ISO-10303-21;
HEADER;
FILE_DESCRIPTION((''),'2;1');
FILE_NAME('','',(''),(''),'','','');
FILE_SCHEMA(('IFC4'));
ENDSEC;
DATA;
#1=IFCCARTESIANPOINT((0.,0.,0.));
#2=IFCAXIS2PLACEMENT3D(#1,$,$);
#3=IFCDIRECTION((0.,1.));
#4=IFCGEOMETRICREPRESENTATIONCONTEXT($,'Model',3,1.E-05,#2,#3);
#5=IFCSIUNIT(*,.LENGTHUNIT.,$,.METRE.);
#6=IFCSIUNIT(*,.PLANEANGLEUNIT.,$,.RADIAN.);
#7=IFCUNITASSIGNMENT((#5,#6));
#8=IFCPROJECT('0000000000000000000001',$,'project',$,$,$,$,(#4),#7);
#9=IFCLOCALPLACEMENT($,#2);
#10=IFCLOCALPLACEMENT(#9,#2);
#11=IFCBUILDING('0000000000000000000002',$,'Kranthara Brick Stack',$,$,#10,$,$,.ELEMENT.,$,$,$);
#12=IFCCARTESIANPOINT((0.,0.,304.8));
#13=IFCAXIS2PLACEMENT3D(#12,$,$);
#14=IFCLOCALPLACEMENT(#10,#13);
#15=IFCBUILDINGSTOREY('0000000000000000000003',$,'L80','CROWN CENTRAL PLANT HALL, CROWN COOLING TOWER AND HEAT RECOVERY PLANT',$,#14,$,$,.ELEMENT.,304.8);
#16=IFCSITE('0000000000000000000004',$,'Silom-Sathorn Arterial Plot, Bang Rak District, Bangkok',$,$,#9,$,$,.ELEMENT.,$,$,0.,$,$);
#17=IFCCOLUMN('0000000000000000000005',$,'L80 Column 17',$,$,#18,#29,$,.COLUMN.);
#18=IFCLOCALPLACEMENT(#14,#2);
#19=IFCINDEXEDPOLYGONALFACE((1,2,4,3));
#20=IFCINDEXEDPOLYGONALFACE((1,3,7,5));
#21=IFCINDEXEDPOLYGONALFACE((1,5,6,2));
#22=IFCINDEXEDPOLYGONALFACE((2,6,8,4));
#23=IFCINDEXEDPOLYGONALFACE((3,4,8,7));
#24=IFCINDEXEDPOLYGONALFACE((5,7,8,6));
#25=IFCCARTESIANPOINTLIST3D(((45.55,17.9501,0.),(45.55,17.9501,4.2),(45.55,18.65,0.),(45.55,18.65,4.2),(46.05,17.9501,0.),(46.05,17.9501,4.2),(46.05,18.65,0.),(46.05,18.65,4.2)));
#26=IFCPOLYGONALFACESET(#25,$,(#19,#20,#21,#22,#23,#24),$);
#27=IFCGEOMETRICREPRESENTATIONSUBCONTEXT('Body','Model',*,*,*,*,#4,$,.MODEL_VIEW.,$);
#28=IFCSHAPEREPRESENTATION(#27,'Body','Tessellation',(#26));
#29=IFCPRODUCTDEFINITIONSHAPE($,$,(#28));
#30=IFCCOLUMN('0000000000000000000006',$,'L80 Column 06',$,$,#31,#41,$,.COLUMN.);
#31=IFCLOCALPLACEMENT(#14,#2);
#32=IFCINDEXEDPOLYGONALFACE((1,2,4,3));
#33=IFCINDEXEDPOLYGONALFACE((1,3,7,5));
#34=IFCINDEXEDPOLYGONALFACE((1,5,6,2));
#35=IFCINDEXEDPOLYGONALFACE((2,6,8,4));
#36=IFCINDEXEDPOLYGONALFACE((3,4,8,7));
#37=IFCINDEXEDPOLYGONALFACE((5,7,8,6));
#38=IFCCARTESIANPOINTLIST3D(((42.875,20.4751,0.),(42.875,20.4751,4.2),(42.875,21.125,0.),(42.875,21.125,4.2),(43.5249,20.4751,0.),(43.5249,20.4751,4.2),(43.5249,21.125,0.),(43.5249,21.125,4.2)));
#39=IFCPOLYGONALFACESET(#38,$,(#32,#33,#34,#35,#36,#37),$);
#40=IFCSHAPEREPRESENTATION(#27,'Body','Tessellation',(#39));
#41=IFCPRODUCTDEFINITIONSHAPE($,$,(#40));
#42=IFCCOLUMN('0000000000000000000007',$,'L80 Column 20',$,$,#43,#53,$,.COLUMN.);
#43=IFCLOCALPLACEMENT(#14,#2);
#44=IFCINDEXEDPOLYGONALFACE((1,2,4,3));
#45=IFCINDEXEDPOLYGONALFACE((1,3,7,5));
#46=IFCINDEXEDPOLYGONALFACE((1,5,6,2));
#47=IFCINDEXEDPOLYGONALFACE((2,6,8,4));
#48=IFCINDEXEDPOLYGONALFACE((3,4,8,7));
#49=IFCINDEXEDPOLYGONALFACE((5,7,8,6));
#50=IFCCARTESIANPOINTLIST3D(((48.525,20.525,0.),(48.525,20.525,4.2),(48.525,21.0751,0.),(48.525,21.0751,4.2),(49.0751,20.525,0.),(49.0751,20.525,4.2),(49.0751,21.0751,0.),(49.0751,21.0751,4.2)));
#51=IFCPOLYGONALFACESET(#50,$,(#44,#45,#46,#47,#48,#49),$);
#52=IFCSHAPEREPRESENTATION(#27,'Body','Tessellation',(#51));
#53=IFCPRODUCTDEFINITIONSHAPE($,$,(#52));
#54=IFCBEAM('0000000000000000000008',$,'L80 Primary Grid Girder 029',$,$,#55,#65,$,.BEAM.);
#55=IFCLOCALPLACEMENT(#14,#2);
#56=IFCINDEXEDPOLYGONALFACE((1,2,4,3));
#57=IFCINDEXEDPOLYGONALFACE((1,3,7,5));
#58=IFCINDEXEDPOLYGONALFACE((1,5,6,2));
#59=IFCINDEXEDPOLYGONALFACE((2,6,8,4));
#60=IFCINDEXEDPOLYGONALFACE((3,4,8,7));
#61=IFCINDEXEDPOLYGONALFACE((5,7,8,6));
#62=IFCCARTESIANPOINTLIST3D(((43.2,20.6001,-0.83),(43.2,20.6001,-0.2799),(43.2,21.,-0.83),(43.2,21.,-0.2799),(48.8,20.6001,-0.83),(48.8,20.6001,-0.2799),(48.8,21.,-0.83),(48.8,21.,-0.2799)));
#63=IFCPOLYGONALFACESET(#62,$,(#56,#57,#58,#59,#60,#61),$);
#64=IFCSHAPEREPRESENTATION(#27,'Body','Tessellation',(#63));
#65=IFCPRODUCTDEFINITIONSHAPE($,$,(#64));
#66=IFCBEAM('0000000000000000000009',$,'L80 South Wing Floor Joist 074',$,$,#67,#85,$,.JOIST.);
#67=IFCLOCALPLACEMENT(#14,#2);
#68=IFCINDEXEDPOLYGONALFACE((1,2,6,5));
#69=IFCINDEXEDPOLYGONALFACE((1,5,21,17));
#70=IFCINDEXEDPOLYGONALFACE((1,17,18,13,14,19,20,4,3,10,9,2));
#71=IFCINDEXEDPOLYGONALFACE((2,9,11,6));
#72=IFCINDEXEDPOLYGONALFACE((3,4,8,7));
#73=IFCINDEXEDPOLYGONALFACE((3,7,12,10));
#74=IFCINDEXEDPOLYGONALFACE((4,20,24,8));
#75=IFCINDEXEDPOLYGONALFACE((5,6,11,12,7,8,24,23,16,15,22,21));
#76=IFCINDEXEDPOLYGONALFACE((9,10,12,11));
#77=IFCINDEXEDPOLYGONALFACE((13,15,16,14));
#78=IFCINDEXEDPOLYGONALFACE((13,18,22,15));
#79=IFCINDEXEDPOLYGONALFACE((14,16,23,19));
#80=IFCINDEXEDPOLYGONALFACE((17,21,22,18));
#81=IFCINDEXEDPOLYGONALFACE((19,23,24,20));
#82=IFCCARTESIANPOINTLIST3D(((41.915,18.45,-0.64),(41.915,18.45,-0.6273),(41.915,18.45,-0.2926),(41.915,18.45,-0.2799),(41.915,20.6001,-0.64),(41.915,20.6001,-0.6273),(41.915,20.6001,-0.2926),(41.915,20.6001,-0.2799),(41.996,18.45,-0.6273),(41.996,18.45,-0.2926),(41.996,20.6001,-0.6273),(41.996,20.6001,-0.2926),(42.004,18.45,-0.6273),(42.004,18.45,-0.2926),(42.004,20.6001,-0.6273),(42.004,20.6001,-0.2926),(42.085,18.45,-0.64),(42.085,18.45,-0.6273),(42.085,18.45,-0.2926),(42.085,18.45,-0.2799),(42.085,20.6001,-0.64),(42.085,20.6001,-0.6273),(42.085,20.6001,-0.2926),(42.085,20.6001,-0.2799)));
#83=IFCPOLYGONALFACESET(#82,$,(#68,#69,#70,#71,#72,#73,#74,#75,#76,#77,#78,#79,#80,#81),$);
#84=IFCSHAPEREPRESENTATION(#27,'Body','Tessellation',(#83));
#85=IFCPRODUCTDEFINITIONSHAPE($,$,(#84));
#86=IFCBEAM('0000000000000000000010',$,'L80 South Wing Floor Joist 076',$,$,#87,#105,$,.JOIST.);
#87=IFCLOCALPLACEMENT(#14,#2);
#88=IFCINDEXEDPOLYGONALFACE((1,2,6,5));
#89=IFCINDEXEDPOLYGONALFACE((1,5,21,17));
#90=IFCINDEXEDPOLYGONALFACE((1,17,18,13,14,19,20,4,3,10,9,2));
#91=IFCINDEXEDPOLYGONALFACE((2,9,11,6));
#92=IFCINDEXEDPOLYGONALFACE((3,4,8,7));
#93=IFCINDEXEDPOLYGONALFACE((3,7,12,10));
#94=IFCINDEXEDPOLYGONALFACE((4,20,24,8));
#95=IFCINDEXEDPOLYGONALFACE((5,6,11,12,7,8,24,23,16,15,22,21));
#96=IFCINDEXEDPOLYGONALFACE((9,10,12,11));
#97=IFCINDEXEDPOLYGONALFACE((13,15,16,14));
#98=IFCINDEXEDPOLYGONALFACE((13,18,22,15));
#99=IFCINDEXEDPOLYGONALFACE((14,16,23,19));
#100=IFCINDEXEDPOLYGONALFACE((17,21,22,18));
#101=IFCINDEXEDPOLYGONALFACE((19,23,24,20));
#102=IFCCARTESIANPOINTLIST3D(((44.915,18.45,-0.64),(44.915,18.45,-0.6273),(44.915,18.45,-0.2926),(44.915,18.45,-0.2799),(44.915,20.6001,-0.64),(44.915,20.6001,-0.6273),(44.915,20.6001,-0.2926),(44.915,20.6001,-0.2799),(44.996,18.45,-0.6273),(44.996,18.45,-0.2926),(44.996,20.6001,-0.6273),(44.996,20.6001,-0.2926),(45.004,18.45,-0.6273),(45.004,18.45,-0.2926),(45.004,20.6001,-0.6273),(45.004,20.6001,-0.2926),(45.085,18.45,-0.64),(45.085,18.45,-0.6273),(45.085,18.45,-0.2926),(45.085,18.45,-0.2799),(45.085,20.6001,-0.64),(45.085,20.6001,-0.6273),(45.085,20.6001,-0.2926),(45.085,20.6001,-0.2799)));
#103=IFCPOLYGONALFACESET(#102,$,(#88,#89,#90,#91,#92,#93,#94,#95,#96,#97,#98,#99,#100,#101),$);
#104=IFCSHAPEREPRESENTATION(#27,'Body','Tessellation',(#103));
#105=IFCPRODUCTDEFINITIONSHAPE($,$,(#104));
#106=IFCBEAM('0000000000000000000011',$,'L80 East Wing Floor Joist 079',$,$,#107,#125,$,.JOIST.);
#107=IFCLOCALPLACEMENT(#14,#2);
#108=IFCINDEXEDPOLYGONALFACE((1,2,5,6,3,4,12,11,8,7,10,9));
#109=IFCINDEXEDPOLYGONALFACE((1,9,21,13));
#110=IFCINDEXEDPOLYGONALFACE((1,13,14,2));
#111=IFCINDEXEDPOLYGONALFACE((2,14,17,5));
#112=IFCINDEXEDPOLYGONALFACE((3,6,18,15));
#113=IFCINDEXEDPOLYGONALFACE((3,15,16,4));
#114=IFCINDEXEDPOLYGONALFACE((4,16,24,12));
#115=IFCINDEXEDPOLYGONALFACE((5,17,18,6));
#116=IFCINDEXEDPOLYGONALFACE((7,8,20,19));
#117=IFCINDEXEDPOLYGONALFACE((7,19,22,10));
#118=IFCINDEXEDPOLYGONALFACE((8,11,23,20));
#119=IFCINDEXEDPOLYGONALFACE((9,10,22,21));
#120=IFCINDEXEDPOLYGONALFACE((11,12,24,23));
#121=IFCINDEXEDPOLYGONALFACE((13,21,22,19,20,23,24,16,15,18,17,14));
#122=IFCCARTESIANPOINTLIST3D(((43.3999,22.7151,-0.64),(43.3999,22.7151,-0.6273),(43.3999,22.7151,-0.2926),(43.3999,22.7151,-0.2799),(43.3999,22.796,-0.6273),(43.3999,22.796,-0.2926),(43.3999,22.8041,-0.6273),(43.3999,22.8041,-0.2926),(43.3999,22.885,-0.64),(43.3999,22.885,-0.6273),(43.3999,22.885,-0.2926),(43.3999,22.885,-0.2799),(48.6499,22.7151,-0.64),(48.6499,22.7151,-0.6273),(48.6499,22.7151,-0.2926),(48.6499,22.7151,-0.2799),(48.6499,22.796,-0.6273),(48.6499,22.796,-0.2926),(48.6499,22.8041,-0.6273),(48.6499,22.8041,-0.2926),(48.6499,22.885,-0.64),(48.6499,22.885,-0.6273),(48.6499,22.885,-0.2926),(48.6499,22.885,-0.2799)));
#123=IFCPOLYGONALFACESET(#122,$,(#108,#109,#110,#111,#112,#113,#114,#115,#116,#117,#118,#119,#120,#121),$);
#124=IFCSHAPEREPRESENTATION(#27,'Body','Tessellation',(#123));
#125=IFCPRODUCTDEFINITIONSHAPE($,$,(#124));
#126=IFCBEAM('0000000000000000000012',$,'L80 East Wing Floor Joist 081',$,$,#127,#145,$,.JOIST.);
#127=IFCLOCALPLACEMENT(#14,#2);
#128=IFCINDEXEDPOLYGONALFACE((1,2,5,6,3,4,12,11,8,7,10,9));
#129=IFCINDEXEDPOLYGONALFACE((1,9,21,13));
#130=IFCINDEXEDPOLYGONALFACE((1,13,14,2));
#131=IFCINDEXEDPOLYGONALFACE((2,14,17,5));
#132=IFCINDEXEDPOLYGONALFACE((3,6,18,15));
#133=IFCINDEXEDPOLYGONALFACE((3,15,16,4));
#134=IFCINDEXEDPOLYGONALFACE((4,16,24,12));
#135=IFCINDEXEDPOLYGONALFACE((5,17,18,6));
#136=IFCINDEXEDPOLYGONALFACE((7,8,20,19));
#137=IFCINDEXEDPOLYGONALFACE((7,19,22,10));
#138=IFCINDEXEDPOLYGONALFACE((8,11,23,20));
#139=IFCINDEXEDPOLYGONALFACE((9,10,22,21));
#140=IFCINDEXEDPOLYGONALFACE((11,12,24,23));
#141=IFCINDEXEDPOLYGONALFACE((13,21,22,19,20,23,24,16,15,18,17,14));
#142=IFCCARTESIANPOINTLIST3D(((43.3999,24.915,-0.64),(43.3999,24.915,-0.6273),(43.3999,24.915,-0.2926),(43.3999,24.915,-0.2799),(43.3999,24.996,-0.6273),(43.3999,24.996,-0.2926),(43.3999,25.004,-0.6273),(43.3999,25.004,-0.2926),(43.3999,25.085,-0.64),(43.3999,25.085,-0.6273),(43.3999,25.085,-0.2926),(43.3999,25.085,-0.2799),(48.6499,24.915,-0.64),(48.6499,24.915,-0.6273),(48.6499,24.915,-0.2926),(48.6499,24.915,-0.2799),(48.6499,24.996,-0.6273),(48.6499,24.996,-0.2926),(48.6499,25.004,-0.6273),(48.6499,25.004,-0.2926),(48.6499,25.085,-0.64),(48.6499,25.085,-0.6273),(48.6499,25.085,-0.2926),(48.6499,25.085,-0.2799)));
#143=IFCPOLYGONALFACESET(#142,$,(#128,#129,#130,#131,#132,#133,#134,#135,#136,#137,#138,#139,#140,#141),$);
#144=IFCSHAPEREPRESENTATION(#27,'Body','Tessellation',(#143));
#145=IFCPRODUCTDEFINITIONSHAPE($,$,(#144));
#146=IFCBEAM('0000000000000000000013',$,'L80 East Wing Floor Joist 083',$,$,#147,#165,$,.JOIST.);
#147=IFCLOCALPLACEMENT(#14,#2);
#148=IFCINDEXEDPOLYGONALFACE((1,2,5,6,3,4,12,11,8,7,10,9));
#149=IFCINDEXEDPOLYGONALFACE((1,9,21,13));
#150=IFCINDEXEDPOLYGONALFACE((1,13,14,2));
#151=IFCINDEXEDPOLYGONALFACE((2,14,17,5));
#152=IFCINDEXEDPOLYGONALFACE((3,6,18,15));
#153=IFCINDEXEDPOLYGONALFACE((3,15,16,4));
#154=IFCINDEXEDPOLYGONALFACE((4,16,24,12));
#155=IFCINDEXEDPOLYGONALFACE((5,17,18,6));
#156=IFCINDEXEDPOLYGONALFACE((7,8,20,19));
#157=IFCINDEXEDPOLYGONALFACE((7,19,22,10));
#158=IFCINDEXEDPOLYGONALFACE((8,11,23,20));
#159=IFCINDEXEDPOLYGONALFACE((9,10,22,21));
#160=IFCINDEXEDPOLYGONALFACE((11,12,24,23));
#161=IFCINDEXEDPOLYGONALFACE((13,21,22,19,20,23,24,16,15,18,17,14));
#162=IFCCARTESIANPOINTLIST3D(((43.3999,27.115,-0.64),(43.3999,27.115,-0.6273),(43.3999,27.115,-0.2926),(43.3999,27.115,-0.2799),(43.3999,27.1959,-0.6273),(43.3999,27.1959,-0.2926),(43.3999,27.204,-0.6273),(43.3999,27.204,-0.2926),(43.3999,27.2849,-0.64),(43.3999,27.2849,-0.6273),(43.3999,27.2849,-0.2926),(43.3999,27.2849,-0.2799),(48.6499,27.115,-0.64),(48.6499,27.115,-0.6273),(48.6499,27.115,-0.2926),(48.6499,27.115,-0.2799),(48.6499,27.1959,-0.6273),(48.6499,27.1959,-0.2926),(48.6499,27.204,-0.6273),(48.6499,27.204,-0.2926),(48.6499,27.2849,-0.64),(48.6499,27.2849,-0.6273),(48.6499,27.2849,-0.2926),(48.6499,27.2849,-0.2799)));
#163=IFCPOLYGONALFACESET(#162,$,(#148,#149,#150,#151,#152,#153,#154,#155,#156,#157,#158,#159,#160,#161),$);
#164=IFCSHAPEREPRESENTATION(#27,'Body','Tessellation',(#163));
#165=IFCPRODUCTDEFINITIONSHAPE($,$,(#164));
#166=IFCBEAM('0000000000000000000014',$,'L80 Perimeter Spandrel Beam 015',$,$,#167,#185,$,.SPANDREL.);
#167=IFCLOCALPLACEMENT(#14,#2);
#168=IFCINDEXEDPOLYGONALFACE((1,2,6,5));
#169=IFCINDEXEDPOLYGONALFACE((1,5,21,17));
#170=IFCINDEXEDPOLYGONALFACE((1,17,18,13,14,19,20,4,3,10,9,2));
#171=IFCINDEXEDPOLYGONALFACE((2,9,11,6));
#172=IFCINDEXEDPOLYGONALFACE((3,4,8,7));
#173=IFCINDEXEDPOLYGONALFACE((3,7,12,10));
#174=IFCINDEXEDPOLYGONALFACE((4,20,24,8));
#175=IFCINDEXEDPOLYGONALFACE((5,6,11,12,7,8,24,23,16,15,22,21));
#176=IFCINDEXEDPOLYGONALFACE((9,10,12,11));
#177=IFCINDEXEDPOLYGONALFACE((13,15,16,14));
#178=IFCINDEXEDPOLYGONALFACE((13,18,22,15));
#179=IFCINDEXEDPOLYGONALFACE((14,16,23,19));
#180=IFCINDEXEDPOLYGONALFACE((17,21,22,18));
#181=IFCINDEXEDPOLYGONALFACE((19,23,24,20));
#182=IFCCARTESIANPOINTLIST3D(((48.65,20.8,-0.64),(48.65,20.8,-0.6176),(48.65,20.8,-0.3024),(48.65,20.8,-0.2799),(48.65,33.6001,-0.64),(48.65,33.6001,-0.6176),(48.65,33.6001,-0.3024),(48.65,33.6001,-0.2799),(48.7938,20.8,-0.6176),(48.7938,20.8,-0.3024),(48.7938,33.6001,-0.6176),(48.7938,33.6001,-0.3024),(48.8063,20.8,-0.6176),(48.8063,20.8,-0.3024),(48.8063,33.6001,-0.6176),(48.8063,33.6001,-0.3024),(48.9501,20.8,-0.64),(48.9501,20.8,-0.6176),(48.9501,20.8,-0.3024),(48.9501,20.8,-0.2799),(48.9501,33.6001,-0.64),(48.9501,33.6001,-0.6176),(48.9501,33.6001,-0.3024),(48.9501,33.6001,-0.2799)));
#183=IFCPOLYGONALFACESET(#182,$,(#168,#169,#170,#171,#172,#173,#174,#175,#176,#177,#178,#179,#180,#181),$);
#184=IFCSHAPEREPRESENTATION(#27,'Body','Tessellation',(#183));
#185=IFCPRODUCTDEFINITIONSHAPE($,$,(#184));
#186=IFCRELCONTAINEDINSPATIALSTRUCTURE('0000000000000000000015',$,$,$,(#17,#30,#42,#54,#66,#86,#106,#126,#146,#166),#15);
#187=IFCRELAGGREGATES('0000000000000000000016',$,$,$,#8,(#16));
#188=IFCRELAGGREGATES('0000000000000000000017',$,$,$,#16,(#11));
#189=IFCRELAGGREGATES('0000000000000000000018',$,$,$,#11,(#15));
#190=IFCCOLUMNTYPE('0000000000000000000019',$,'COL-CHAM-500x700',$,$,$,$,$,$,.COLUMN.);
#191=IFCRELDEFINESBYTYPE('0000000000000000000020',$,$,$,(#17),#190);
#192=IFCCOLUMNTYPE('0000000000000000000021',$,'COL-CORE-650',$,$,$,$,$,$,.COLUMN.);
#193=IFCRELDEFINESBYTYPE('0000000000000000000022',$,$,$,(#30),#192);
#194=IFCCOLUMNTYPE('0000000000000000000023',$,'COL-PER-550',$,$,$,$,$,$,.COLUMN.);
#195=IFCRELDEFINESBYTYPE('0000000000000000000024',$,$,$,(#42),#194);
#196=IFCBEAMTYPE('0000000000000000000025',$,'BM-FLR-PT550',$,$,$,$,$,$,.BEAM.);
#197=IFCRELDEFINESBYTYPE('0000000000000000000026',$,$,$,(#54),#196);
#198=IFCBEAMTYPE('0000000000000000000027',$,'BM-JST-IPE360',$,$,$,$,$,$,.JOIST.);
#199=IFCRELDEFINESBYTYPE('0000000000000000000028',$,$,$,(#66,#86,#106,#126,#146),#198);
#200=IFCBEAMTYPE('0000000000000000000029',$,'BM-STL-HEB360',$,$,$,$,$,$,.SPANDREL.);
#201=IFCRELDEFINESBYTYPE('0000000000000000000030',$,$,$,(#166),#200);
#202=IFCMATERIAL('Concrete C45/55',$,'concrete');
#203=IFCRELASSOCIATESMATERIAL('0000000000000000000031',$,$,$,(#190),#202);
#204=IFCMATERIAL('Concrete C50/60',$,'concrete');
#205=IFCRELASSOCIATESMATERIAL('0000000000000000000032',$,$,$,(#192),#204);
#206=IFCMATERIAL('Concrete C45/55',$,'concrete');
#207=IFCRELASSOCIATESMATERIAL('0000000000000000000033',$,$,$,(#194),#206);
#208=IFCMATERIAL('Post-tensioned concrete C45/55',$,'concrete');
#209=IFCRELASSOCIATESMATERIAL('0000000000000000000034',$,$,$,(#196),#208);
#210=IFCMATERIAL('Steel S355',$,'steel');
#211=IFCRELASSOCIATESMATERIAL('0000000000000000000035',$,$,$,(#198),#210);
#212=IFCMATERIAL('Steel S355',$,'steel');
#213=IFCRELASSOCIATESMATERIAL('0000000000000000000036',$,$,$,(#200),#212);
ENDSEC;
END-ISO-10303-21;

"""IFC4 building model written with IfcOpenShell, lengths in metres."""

from ifc_helpers import new_model, si_unit, direction, frame, origin, origin_2d, place, context, subcontext, project, spatial, rectangle, i_section, extrude, material, material_profile, profile_set, type_object, element, save


model = new_model("IFC4")

# Units and contexts
model_context = context("Model", 3, precision=1e-05, world=origin(), true_north=direction((0.0, 1.0)))
body_context = subcontext(model_context, "Body", "Model", "MODEL_VIEW")
ifc_project = project(units=[si_unit("LENGTHUNIT", "METRE"), si_unit("PLANEANGLEUNIT", "RADIAN")], contexts=[model_context])

# Site, building, storey
site_placement = place(None, origin())
site = spatial("IfcSite", under=ifc_project, at=site_placement, Name="Silom-Sathorn Arterial Plot, Bang Rak District, Bangkok", CompositionType="ELEMENT", RefElevation=0.0)
building_placement = place(site_placement, origin())
building = spatial("IfcBuilding", under=site, at=building_placement, Name="Kranthara Brick Stack", CompositionType="ELEMENT")
storey_placement = place(building_placement, frame((0.0, 0.0, 304.8)))
storey = spatial("IfcBuildingStorey", under=building, at=storey_placement, Name="L80", Description="CROWN CENTRAL PLANT HALL, CROWN COOLING TOWER AND HEAT RECOVERY PLANT", CompositionType="ELEMENT", Elevation=304.8)

# Columns
ifc_material_1 = material(Name="Concrete C45/55", Category="concrete")
ifc_material_profile_1 = material_profile(ifc_material_1, rectangle(XDim=0.5, YDim=0.7, at=origin_2d()), Name="RC 500x700")
ifc_profile_set_1 = profile_set([ifc_material_profile_1], Name="Concrete C45/55")
column_type_1 = type_object("IfcColumnType", Name="COL-CHAM-500x700", PredefinedType="COLUMN", material=ifc_profile_set_1)
column_1_placement = place(storey_placement, frame((45.8, 18.3, 0.0), z_axis=(0.0, 0.0, 1.0), x_axis=(1.0, 0.0, 0.0)))
element("IfcColumn", 1, at=column_1_placement, inside=storey, type_object=column_type_1, Name="L80 Column 17", PredefinedType="COLUMN", context=body_context, shape_type="SweptSolid", body=[
    extrude(rectangle(XDim=0.5, YDim=0.7, at=origin_2d()), origin(), (0.0, 0.0, 1.0), 4.2),
])
ifc_material_2 = material(Name="Concrete C50/60", Category="concrete")
ifc_material_profile_2 = material_profile(ifc_material_2, rectangle(XDim=0.6499, YDim=0.6499, at=origin_2d()), Name="RC 650x650")
ifc_profile_set_2 = profile_set([ifc_material_profile_2], Name="Concrete C50/60")
column_type_2 = type_object("IfcColumnType", Name="COL-CORE-650", PredefinedType="COLUMN", material=ifc_profile_set_2)
column_2_placement = place(storey_placement, frame((43.2, 20.8, 0.0), z_axis=(0.0, 0.0, 1.0), x_axis=(1.0, 0.0, 0.0)))
element("IfcColumn", 2, at=column_2_placement, inside=storey, type_object=column_type_2, Name="L80 Column 06", PredefinedType="COLUMN", context=body_context, shape_type="SweptSolid", body=[
    extrude(rectangle(XDim=0.6499, YDim=0.6499, at=origin_2d()), origin(), (0.0, 0.0, 1.0), 4.2),
])
ifc_material_3 = material(Name="Concrete C45/55", Category="concrete")
ifc_material_profile_3 = material_profile(ifc_material_3, rectangle(XDim=0.55, YDim=0.55, at=origin_2d()), Name="RC 550x550")
ifc_profile_set_3 = profile_set([ifc_material_profile_3], Name="Concrete C45/55")
column_type_3 = type_object("IfcColumnType", Name="COL-PER-550", PredefinedType="COLUMN", material=ifc_profile_set_3)
column_3_placement = place(storey_placement, frame((48.8, 20.8, 0.0), z_axis=(0.0, 0.0, 1.0), x_axis=(1.0, 0.0, 0.0)))
element("IfcColumn", 3, at=column_3_placement, inside=storey, type_object=column_type_3, Name="L80 Column 20", PredefinedType="COLUMN", context=body_context, shape_type="SweptSolid", body=[
    extrude(rectangle(XDim=0.55, YDim=0.55, at=origin_2d()), origin(), (0.0, 0.0, 1.0), 4.2),
])

# Beams
ifc_material_4 = material(Name="Post-tensioned concrete C45/55", Category="concrete")
ifc_material_profile_4 = material_profile(ifc_material_4, rectangle(XDim=0.3999, YDim=0.55, at=origin_2d()), Name="PT 400x550")
ifc_profile_set_4 = profile_set([ifc_material_profile_4], Name="Post-tensioned concrete C45/55")
beam_type_1 = type_object("IfcBeamType", Name="BM-FLR-PT550", PredefinedType="BEAM", material=ifc_profile_set_4)
beam_1_placement = place(storey_placement, frame((43.2, 20.8, -0.5549), z_axis=(1.0, 0.0, 0.0), x_axis=(0.0, 1.0, 0.0)))
element("IfcBeam", 4, at=beam_1_placement, inside=storey, type_object=beam_type_1, Name="L80 Primary Grid Girder 029", PredefinedType="BEAM", context=body_context, shape_type="SweptSolid", body=[
    extrude(rectangle(XDim=0.3999, YDim=0.55, at=origin_2d()), origin(), (0.0, 0.0, 1.0), 5.6001),
])
ifc_material_5 = material(Name="Steel S355", Category="steel")
ifc_material_profile_5 = material_profile(ifc_material_5, i_section(OverallWidth=0.1699, OverallDepth=0.3601, WebThickness=0.0081, FlangeThickness=0.0127, at=origin_2d()), Name="IPE 360")
ifc_profile_set_5 = profile_set([ifc_material_profile_5], Name="Steel S355")
beam_type_2 = type_object("IfcBeamType", Name="BM-JST-IPE360", PredefinedType="JOIST", material=ifc_profile_set_5)
for number, where, z_axis, x_axis, name in (
    (5, (42.0, 18.45, -0.46), (0.0, 1.0, 0.0), (-1.0, 0.0, 0.0), "L80 South Wing Floor Joist 074"),
    (6, (45.0, 18.45, -0.46), (0.0, 1.0, 0.0), (-1.0, 0.0, 0.0), "L80 South Wing Floor Joist 076"),
):
    element("IfcBeam", number, at=place(storey_placement, frame(where, z_axis=z_axis, x_axis=x_axis)), inside=storey, type_object=beam_type_2, Name=name, PredefinedType="JOIST", context=body_context, shape_type="SweptSolid", body=[
        extrude(i_section(OverallWidth=0.1699, OverallDepth=0.3601, WebThickness=0.0081, FlangeThickness=0.0127, at=origin_2d()), origin(), (0.0, 0.0, 1.0), 2.1501),
    ])
for number, where, z_axis, x_axis, name in (
    (7, (43.3999, 22.8, -0.46), (1.0, 0.0, 0.0), (0.0, 1.0, 0.0), "L80 East Wing Floor Joist 079"),
    (8, (43.3999, 25.0, -0.46), (1.0, 0.0, 0.0), (0.0, 1.0, 0.0), "L80 East Wing Floor Joist 081"),
    (9, (43.3999, 27.2, -0.46), (1.0, 0.0, 0.0), (0.0, 1.0, 0.0), "L80 East Wing Floor Joist 083"),
):
    element("IfcBeam", number, at=place(storey_placement, frame(where, z_axis=z_axis, x_axis=x_axis)), inside=storey, type_object=beam_type_2, Name=name, PredefinedType="JOIST", context=body_context, shape_type="SweptSolid", body=[
        extrude(i_section(OverallWidth=0.1699, OverallDepth=0.3601, WebThickness=0.0081, FlangeThickness=0.0127, at=origin_2d()), origin(), (0.0, 0.0, 1.0), 5.25),
    ])
ifc_material_6 = material(Name="Steel S355", Category="steel")
ifc_material_profile_6 = material_profile(ifc_material_6, i_section(OverallWidth=0.3, OverallDepth=0.3601, WebThickness=0.0125, FlangeThickness=0.0225, at=origin_2d()), Name="HEB 360")
ifc_profile_set_6 = profile_set([ifc_material_profile_6], Name="Steel S355")
beam_type_3 = type_object("IfcBeamType", Name="BM-STL-HEB360", PredefinedType="SPANDREL", material=ifc_profile_set_6)
beam_2_placement = place(storey_placement, frame((48.8, 20.8, -0.46), z_axis=(0.0, 1.0, 0.0), x_axis=(-1.0, 0.0, 0.0)))
element("IfcBeam", 10, at=beam_2_placement, inside=storey, type_object=beam_type_3, Name="L80 Perimeter Spandrel Beam 015", PredefinedType="SPANDREL", context=body_context, shape_type="SweptSolid", body=[
    extrude(i_section(OverallWidth=0.3, OverallDepth=0.3601, WebThickness=0.0125, FlangeThickness=0.0225, at=origin_2d()), origin(), (0.0, 0.0, 1.0), 12.8),
])

save(model, "model.ifc")
